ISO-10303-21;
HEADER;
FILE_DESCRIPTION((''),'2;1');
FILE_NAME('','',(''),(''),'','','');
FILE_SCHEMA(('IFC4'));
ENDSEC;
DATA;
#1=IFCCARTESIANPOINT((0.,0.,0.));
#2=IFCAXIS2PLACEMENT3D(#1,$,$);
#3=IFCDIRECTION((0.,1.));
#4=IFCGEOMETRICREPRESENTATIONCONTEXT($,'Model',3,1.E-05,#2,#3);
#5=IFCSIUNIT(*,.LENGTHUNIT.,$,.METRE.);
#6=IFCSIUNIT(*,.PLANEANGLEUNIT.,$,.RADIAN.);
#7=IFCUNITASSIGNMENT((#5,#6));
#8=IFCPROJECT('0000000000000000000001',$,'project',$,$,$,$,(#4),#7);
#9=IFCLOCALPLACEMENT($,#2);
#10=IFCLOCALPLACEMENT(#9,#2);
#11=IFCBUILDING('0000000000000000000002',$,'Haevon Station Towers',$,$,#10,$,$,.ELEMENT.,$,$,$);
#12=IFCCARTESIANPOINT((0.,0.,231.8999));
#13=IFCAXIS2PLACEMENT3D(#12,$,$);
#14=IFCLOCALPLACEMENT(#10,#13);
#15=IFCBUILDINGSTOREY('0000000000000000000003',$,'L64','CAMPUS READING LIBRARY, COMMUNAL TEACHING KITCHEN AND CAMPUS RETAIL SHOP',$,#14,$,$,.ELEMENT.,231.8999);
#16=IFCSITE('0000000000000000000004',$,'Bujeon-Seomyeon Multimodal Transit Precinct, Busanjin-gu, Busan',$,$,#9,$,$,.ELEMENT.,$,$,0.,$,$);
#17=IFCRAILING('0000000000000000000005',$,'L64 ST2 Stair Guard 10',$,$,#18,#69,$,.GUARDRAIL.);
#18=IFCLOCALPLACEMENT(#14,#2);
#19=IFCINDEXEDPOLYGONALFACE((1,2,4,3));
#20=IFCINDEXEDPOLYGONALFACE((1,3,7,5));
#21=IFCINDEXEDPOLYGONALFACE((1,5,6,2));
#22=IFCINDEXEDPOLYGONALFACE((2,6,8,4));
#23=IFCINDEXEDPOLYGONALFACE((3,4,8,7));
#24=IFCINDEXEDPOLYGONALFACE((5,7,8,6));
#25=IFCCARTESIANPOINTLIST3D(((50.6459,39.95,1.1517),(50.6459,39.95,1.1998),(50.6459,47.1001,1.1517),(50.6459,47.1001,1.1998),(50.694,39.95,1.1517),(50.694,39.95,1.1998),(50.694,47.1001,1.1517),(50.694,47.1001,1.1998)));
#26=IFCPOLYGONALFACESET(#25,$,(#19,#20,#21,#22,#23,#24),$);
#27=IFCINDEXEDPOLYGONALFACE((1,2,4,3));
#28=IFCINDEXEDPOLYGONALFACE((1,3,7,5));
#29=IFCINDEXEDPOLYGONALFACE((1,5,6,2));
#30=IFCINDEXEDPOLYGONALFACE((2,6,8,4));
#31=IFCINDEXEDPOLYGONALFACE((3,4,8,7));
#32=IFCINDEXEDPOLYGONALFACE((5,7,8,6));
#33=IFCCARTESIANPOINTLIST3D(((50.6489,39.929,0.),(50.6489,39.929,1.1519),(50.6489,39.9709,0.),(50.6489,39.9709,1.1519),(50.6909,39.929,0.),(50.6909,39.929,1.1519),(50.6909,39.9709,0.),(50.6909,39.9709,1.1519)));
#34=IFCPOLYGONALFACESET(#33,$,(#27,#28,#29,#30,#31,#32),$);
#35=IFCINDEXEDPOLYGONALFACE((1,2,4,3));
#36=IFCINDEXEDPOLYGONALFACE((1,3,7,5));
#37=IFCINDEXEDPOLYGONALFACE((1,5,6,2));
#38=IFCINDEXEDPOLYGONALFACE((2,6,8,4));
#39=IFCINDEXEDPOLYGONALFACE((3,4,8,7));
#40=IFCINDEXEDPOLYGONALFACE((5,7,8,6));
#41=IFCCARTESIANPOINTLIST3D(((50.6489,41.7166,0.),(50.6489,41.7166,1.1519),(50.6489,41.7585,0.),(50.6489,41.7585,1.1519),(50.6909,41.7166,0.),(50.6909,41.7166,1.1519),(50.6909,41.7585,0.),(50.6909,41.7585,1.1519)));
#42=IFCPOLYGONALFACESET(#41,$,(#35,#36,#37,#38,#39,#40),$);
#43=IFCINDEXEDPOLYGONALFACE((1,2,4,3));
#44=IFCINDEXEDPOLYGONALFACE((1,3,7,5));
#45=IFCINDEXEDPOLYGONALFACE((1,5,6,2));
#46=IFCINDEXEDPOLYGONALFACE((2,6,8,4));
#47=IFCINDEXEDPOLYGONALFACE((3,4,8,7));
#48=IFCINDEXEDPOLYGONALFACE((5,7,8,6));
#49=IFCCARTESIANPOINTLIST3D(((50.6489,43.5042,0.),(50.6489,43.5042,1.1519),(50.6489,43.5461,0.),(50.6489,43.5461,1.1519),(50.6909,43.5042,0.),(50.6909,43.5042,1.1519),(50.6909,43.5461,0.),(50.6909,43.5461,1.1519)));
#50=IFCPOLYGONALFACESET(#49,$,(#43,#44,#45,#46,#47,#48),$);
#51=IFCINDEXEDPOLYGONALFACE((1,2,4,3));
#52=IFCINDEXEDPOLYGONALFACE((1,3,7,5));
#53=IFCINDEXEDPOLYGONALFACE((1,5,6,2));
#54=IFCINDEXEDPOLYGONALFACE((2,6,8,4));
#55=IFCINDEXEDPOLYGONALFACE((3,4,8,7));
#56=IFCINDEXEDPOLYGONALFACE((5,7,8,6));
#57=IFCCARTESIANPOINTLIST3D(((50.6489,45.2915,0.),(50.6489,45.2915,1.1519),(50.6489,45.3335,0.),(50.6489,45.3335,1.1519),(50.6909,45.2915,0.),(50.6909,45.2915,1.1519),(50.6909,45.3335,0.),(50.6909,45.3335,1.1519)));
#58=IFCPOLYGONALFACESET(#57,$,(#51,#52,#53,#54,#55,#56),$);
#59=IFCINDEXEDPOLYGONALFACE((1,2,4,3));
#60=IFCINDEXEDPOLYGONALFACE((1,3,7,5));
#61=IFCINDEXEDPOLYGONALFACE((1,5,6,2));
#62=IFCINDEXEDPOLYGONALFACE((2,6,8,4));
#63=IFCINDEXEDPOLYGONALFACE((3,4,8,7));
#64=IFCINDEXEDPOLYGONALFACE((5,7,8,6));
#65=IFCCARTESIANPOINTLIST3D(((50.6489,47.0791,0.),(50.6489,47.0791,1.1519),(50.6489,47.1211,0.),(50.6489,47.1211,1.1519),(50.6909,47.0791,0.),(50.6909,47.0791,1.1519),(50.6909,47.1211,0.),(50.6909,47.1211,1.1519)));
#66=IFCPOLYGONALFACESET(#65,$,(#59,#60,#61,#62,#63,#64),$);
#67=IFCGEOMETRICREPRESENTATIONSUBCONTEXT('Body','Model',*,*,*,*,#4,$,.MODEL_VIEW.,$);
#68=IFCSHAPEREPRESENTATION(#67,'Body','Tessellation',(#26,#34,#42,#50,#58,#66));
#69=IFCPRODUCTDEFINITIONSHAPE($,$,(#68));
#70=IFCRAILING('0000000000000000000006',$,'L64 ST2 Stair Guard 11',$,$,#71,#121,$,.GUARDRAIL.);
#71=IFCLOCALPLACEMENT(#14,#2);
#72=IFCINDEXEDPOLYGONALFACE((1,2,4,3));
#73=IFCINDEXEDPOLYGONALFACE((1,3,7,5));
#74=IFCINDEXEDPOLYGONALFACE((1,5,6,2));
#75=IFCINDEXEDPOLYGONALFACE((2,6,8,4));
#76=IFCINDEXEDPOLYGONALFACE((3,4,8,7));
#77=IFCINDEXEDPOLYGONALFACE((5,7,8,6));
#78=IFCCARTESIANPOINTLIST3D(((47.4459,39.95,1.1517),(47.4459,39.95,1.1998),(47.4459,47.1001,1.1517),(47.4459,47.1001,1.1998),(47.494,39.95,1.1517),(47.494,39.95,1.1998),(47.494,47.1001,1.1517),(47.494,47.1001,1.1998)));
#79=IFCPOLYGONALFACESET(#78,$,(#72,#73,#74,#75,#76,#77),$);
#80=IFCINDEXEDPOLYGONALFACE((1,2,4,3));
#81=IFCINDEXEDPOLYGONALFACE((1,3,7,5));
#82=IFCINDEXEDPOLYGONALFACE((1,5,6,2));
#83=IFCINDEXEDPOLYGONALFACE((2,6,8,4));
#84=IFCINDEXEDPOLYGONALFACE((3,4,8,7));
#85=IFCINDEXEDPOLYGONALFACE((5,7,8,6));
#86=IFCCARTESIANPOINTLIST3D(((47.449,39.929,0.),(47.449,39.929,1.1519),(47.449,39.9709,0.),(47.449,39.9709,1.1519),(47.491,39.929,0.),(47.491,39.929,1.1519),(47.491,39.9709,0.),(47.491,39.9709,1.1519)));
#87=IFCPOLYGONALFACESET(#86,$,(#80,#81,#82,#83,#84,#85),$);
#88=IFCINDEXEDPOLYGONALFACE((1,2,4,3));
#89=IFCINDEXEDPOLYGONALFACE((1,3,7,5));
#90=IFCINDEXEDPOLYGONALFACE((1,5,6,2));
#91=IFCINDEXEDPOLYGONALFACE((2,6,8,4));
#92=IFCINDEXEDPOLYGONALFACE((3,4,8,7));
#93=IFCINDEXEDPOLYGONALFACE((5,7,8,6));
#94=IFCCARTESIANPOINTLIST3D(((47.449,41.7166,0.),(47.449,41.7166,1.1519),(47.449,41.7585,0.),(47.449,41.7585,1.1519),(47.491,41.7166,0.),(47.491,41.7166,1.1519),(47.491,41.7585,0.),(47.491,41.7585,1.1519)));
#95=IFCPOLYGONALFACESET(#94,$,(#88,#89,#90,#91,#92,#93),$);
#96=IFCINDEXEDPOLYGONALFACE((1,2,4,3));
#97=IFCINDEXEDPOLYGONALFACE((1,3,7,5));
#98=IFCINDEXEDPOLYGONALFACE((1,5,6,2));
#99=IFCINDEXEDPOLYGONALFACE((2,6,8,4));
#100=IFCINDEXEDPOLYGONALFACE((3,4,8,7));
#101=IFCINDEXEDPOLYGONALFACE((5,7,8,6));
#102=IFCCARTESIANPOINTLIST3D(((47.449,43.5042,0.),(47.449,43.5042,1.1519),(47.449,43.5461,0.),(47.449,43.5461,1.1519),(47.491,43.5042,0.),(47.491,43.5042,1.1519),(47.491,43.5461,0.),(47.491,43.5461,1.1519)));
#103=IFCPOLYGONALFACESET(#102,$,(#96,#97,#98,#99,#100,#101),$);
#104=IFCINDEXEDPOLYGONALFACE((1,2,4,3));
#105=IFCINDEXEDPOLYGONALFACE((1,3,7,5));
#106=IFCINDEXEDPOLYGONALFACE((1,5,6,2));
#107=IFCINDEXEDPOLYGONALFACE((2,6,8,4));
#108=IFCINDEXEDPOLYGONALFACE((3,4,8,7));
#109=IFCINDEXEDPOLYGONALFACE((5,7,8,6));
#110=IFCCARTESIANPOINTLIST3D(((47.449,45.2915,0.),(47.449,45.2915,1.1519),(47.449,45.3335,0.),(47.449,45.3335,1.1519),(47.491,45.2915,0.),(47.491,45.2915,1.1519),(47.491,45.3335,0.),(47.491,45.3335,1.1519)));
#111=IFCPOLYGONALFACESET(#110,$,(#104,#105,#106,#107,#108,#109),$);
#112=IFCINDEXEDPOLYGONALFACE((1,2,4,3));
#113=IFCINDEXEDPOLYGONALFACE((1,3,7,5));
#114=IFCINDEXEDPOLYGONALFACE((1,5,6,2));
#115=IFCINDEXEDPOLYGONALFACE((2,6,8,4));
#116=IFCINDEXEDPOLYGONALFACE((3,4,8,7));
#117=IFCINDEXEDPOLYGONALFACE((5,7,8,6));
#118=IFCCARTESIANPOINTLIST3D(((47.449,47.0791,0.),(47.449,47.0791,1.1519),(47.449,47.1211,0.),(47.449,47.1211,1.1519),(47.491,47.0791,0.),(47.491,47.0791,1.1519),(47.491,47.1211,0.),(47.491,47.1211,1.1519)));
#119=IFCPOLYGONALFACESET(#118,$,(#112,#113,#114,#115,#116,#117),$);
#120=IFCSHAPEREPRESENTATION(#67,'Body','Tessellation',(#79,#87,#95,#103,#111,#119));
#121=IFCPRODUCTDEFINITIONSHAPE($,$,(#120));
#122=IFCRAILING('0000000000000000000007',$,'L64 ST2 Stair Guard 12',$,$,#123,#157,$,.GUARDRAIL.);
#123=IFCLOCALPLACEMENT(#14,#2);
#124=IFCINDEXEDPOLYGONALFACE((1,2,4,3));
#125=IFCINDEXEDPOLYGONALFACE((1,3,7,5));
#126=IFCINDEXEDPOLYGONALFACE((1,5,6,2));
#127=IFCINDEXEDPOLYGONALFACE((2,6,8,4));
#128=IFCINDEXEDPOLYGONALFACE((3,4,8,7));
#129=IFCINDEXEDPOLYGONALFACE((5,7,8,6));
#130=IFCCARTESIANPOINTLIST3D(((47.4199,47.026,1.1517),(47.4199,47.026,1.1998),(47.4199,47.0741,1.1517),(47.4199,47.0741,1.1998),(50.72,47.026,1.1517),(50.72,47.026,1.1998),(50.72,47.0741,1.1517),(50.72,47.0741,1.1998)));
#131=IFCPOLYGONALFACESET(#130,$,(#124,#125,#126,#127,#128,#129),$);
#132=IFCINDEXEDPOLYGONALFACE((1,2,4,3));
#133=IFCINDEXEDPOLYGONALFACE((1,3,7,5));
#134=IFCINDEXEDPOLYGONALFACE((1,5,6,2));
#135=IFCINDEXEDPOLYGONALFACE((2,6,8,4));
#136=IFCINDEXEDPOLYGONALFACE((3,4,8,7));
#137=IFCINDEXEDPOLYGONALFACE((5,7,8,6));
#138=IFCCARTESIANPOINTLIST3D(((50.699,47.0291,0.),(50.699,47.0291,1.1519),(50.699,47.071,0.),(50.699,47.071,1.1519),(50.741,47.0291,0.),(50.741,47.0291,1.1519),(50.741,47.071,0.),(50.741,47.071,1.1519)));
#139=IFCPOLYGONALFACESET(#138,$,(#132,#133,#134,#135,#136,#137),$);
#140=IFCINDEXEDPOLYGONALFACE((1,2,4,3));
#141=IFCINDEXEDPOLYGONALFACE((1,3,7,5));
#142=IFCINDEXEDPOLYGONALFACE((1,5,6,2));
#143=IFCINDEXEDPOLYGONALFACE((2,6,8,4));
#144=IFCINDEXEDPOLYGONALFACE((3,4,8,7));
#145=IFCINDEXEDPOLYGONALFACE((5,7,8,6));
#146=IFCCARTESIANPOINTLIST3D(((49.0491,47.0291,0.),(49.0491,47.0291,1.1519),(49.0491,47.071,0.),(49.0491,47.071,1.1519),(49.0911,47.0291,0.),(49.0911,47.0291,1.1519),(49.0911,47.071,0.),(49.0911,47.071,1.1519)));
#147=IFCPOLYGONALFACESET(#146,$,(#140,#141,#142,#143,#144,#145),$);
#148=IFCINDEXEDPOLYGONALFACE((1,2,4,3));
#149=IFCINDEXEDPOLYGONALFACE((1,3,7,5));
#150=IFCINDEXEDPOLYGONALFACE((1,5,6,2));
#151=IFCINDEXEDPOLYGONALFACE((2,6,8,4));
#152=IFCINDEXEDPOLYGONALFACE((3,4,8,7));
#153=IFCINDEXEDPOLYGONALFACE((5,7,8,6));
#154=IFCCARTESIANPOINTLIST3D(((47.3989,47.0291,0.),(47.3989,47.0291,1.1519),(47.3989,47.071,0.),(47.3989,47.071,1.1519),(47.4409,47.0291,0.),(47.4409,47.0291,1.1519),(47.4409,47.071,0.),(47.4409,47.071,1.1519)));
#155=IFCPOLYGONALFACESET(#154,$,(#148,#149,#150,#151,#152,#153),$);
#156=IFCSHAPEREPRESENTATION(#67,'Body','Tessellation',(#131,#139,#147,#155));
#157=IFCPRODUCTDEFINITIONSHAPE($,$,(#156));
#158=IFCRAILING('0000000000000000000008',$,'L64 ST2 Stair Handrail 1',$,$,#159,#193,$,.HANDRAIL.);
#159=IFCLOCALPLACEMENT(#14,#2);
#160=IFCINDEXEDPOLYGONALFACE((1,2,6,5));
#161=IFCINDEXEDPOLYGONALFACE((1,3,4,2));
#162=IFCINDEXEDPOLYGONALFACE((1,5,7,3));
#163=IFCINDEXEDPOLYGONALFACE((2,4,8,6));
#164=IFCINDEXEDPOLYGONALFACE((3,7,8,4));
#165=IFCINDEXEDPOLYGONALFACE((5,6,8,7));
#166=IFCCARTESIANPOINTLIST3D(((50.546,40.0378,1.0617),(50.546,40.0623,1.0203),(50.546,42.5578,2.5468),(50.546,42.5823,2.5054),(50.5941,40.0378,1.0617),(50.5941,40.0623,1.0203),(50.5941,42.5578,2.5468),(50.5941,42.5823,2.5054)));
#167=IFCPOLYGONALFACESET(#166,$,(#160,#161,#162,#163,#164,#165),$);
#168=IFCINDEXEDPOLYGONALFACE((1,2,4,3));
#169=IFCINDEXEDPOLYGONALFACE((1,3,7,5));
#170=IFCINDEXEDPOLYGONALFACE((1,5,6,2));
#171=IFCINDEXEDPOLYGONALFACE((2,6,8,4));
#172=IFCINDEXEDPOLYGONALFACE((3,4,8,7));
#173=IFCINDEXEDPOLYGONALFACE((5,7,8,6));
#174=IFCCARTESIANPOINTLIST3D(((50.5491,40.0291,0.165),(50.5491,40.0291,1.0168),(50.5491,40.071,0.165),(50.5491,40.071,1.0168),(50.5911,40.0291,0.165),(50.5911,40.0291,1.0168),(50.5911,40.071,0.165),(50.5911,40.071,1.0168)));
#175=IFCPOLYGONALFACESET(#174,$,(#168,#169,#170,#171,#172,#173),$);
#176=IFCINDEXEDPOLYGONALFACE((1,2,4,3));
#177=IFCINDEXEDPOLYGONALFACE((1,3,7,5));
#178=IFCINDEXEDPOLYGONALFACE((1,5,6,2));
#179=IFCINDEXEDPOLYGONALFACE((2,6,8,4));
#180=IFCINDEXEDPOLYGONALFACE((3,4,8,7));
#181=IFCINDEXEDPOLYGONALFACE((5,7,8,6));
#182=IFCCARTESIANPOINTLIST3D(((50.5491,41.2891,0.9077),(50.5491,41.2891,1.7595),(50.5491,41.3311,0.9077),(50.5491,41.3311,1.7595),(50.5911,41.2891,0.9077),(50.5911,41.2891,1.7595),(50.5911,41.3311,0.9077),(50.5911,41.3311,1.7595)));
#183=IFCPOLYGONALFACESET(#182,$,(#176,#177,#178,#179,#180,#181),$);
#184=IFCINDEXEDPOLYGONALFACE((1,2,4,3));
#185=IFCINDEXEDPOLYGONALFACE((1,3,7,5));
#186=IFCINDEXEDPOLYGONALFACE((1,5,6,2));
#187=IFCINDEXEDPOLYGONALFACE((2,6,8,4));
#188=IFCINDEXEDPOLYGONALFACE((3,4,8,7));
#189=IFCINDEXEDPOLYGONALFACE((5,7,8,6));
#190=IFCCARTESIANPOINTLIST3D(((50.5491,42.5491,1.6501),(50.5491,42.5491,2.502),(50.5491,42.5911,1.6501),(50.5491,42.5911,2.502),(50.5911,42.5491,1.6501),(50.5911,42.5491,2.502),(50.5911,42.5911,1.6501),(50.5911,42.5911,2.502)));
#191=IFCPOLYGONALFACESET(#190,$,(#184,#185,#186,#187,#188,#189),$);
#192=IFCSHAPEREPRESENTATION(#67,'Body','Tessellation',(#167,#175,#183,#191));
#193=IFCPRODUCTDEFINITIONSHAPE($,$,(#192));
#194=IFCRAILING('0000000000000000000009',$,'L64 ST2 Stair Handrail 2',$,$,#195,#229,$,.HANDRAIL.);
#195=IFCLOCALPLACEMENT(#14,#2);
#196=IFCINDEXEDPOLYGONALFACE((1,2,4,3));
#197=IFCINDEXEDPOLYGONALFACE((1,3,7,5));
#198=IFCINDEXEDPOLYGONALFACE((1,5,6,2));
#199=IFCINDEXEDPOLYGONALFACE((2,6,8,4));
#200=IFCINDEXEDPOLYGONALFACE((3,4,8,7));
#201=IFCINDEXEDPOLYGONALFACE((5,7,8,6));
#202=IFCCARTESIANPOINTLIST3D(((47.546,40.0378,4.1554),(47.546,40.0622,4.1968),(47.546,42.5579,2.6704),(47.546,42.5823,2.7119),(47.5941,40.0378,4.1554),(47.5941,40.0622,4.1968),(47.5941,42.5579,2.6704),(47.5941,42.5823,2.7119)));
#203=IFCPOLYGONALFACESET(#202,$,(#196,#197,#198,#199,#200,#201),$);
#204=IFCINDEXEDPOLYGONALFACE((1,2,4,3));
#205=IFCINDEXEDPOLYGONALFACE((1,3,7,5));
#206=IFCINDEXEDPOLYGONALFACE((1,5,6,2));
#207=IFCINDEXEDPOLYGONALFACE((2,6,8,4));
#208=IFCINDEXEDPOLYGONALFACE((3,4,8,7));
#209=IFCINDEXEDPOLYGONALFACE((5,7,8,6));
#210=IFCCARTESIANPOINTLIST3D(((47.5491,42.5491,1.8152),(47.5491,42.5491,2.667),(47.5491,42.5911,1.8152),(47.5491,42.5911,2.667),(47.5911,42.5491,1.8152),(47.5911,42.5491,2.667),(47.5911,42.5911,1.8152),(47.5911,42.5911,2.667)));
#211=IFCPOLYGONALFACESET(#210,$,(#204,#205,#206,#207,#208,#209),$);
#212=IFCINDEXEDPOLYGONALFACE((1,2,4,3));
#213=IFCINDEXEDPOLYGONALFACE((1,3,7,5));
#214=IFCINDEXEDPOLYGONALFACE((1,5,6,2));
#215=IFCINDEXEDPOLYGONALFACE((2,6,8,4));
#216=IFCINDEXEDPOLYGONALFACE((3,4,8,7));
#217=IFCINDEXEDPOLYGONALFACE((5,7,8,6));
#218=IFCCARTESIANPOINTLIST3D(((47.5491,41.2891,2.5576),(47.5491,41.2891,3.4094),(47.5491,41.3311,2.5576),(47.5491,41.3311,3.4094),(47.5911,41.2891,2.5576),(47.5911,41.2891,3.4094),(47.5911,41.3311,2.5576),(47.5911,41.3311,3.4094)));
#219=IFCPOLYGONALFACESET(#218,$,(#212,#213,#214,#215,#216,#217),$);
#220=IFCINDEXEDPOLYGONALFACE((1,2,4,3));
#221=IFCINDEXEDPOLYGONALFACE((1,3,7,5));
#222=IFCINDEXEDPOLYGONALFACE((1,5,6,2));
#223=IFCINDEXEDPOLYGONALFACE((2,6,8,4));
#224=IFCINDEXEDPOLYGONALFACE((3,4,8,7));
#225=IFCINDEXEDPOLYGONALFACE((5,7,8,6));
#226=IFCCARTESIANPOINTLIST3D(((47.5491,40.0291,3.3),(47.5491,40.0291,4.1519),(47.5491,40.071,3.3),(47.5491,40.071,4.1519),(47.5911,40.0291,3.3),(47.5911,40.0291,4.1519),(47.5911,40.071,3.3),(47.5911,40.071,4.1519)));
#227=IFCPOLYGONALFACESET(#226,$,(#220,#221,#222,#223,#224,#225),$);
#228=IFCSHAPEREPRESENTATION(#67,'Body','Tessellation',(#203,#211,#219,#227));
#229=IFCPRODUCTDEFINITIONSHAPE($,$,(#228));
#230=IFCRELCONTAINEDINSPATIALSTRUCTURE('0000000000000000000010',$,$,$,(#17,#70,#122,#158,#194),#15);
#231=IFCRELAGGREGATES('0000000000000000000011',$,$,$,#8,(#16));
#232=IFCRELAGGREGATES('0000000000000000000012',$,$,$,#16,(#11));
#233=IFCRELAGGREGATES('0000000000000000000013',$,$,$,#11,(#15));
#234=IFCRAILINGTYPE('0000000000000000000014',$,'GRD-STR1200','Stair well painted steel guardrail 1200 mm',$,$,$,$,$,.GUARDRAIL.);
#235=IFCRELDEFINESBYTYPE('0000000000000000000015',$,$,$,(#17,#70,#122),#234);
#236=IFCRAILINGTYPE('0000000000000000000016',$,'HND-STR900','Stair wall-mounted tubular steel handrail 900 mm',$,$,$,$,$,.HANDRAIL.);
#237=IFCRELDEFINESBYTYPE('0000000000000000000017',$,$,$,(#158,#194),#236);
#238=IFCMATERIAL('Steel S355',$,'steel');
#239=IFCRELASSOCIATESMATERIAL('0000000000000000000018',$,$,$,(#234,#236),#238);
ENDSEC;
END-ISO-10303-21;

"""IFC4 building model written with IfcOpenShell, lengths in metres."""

from ifc_helpers import new_model, si_unit, direction, frame, origin, origin_2d, place, context, subcontext, project, spatial, rectangle, extrude, material, type_object, element, save


model = new_model("IFC4")

# Units and contexts
model_context = context("Model", 3, precision=1e-05, world=origin(), true_north=direction((0.0, 1.0)))
body_context = subcontext(model_context, "Body", "Model", "MODEL_VIEW")
ifc_project = project(units=[si_unit("LENGTHUNIT", "METRE"), si_unit("PLANEANGLEUNIT", "RADIAN")], contexts=[model_context])

# Site, building, storey
site_placement = place(None, origin())
site = spatial("IfcSite", under=ifc_project, at=site_placement, Name="Bujeon-Seomyeon Multimodal Transit Precinct, Busanjin-gu, Busan", CompositionType="ELEMENT", RefElevation=0.0)
building_placement = place(site_placement, origin())
building = spatial("IfcBuilding", under=site, at=building_placement, Name="Haevon Station Towers", CompositionType="ELEMENT")
storey_placement = place(building_placement, frame((0.0, 0.0, 231.8999)))
storey = spatial("IfcBuildingStorey", under=building, at=storey_placement, Name="L64", Description="CAMPUS READING LIBRARY, COMMUNAL TEACHING KITCHEN AND CAMPUS RETAIL SHOP", CompositionType="ELEMENT", Elevation=231.8999)

# Shared definitions
ifc_material_1 = material(Name="Steel S355", Category="steel")

# Railings
railing_type_1 = type_object("IfcRailingType", Name="GRD-STR1200", Description="Stair well painted steel guardrail 1200 mm", PredefinedType="GUARDRAIL", material=ifc_material_1)
for number, where, name in (
    (1, (50.6699, 39.95, 0.0), "L64 ST2 Stair Guard 10"),
    (2, (47.47, 39.95, 0.0), "L64 ST2 Stair Guard 11"),
):
    element("IfcRailing", number, at=place(storey_placement, frame(where)), inside=storey, type_object=railing_type_1, Name=name, PredefinedType="GUARDRAIL", context=body_context, shape_type="SweptSolid", body=[
        extrude(rectangle(XDim=0.0481, YDim=0.0481, at=origin_2d()), frame((0.0, 0.0, 1.1758), z_axis=(0.0, 1.0, 0.0), x_axis=(-1.0, 0.0, 0.0)), (0.0, 0.0, 1.0), 7.1501),
        extrude(rectangle(XDim=0.042, YDim=0.042, at=origin_2d()), origin(), (0.0, 0.0, 1.0), 1.1519),
        extrude(rectangle(XDim=0.042, YDim=0.042, at=origin_2d()), frame((0.0, 1.7876, 0.0)), (0.0, 0.0, 1.0), 1.1519),
        extrude(rectangle(XDim=0.042, YDim=0.042, at=origin_2d()), frame((0.0, 3.5752, 0.0)), (0.0, 0.0, 1.0), 1.1519),
        extrude(rectangle(XDim=0.042, YDim=0.042, at=origin_2d()), frame((0.0, 5.3625, 0.0)), (0.0, 0.0, 1.0), 1.1519),
        extrude(rectangle(XDim=0.042, YDim=0.042, at=origin_2d()), frame((0.0, 7.1501, 0.0)), (0.0, 0.0, 1.0), 1.1519),
    ])
railing_1_placement = place(storey_placement, frame((50.72, 47.05, 0.0)))
element("IfcRailing", 3, at=railing_1_placement, inside=storey, type_object=railing_type_1, Name="L64 ST2 Stair Guard 12", PredefinedType="GUARDRAIL", context=body_context, shape_type="SweptSolid", body=[
    extrude(rectangle(XDim=0.0481, YDim=0.0481, at=origin_2d()), frame((0.0, 0.0, 1.1758), z_axis=(-1.0, 0.0, 0.0), x_axis=(0.0, -1.0, 0.0)), (0.0, 0.0, 1.0), 3.3),
    extrude(rectangle(XDim=0.042, YDim=0.042, at=origin_2d()), origin(), (0.0, 0.0, 1.0), 1.1519),
    extrude(rectangle(XDim=0.042, YDim=0.042, at=origin_2d()), frame((-1.6499, 0.0, 0.0)), (0.0, 0.0, 1.0), 1.1519),
    extrude(rectangle(XDim=0.042, YDim=0.042, at=origin_2d()), frame((-3.3, 0.0, 0.0)), (0.0, 0.0, 1.0), 1.1519),
])
railing_type_2 = type_object("IfcRailingType", Name="HND-STR900", Description="Stair wall-mounted tubular steel handrail 900 mm", PredefinedType="HANDRAIL", material=ifc_material_1)
railing_2_placement = place(storey_placement, frame((50.5701, 40.05, 0.165)))
element("IfcRailing", 4, at=railing_2_placement, inside=storey, type_object=railing_type_2, Name="L64 ST2 Stair Handrail 1", PredefinedType="HANDRAIL", context=body_context, shape_type="SweptSolid", body=[
    extrude(rectangle(XDim=0.0481, YDim=0.0481, at=origin_2d()), frame((0.0, 0.0, 0.876), z_axis=(0.0, 0.861524, 0.507717), x_axis=(-1.0, 0.0, 0.0)), (0.0, 0.0, 1.0), 2.925),
    extrude(rectangle(XDim=0.042, YDim=0.042, at=origin_2d()), origin(), (0.0, 0.0, 1.0), 0.8518),
    extrude(rectangle(XDim=0.042, YDim=0.042, at=origin_2d()), frame((0.0, 1.26, 0.7427)), (0.0, 0.0, 1.0), 0.8518),
    extrude(rectangle(XDim=0.042, YDim=0.042, at=origin_2d()), frame((0.0, 2.52, 1.4851)), (0.0, 0.0, 1.0), 0.8518),
])
railing_3_placement = place(storey_placement, frame((47.5701, 42.5701, 1.8152)))
element("IfcRailing", 5, at=railing_3_placement, inside=storey, type_object=railing_type_2, Name="L64 ST2 Stair Handrail 2", PredefinedType="HANDRAIL", context=body_context, shape_type="SweptSolid", body=[
    extrude(rectangle(XDim=0.0481, YDim=0.0481, at=origin_2d()), frame((0.0, 0.0, 0.876), z_axis=(0.0, -0.861561, 0.507655), x_axis=(1.0, 0.0, 0.0)), (0.0, 0.0, 1.0), 2.925),
    extrude(rectangle(XDim=0.042, YDim=0.042, at=origin_2d()), origin(), (0.0, 0.0, 1.0), 0.8518),
    extrude(rectangle(XDim=0.042, YDim=0.042, at=origin_2d()), frame((0.0, -1.26, 0.7424)), (0.0, 0.0, 1.0), 0.8518),
    extrude(rectangle(XDim=0.042, YDim=0.042, at=origin_2d()), frame((0.0, -2.52, 1.4849)), (0.0, 0.0, 1.0), 0.8518),
])

save(model, "model.ifc")
